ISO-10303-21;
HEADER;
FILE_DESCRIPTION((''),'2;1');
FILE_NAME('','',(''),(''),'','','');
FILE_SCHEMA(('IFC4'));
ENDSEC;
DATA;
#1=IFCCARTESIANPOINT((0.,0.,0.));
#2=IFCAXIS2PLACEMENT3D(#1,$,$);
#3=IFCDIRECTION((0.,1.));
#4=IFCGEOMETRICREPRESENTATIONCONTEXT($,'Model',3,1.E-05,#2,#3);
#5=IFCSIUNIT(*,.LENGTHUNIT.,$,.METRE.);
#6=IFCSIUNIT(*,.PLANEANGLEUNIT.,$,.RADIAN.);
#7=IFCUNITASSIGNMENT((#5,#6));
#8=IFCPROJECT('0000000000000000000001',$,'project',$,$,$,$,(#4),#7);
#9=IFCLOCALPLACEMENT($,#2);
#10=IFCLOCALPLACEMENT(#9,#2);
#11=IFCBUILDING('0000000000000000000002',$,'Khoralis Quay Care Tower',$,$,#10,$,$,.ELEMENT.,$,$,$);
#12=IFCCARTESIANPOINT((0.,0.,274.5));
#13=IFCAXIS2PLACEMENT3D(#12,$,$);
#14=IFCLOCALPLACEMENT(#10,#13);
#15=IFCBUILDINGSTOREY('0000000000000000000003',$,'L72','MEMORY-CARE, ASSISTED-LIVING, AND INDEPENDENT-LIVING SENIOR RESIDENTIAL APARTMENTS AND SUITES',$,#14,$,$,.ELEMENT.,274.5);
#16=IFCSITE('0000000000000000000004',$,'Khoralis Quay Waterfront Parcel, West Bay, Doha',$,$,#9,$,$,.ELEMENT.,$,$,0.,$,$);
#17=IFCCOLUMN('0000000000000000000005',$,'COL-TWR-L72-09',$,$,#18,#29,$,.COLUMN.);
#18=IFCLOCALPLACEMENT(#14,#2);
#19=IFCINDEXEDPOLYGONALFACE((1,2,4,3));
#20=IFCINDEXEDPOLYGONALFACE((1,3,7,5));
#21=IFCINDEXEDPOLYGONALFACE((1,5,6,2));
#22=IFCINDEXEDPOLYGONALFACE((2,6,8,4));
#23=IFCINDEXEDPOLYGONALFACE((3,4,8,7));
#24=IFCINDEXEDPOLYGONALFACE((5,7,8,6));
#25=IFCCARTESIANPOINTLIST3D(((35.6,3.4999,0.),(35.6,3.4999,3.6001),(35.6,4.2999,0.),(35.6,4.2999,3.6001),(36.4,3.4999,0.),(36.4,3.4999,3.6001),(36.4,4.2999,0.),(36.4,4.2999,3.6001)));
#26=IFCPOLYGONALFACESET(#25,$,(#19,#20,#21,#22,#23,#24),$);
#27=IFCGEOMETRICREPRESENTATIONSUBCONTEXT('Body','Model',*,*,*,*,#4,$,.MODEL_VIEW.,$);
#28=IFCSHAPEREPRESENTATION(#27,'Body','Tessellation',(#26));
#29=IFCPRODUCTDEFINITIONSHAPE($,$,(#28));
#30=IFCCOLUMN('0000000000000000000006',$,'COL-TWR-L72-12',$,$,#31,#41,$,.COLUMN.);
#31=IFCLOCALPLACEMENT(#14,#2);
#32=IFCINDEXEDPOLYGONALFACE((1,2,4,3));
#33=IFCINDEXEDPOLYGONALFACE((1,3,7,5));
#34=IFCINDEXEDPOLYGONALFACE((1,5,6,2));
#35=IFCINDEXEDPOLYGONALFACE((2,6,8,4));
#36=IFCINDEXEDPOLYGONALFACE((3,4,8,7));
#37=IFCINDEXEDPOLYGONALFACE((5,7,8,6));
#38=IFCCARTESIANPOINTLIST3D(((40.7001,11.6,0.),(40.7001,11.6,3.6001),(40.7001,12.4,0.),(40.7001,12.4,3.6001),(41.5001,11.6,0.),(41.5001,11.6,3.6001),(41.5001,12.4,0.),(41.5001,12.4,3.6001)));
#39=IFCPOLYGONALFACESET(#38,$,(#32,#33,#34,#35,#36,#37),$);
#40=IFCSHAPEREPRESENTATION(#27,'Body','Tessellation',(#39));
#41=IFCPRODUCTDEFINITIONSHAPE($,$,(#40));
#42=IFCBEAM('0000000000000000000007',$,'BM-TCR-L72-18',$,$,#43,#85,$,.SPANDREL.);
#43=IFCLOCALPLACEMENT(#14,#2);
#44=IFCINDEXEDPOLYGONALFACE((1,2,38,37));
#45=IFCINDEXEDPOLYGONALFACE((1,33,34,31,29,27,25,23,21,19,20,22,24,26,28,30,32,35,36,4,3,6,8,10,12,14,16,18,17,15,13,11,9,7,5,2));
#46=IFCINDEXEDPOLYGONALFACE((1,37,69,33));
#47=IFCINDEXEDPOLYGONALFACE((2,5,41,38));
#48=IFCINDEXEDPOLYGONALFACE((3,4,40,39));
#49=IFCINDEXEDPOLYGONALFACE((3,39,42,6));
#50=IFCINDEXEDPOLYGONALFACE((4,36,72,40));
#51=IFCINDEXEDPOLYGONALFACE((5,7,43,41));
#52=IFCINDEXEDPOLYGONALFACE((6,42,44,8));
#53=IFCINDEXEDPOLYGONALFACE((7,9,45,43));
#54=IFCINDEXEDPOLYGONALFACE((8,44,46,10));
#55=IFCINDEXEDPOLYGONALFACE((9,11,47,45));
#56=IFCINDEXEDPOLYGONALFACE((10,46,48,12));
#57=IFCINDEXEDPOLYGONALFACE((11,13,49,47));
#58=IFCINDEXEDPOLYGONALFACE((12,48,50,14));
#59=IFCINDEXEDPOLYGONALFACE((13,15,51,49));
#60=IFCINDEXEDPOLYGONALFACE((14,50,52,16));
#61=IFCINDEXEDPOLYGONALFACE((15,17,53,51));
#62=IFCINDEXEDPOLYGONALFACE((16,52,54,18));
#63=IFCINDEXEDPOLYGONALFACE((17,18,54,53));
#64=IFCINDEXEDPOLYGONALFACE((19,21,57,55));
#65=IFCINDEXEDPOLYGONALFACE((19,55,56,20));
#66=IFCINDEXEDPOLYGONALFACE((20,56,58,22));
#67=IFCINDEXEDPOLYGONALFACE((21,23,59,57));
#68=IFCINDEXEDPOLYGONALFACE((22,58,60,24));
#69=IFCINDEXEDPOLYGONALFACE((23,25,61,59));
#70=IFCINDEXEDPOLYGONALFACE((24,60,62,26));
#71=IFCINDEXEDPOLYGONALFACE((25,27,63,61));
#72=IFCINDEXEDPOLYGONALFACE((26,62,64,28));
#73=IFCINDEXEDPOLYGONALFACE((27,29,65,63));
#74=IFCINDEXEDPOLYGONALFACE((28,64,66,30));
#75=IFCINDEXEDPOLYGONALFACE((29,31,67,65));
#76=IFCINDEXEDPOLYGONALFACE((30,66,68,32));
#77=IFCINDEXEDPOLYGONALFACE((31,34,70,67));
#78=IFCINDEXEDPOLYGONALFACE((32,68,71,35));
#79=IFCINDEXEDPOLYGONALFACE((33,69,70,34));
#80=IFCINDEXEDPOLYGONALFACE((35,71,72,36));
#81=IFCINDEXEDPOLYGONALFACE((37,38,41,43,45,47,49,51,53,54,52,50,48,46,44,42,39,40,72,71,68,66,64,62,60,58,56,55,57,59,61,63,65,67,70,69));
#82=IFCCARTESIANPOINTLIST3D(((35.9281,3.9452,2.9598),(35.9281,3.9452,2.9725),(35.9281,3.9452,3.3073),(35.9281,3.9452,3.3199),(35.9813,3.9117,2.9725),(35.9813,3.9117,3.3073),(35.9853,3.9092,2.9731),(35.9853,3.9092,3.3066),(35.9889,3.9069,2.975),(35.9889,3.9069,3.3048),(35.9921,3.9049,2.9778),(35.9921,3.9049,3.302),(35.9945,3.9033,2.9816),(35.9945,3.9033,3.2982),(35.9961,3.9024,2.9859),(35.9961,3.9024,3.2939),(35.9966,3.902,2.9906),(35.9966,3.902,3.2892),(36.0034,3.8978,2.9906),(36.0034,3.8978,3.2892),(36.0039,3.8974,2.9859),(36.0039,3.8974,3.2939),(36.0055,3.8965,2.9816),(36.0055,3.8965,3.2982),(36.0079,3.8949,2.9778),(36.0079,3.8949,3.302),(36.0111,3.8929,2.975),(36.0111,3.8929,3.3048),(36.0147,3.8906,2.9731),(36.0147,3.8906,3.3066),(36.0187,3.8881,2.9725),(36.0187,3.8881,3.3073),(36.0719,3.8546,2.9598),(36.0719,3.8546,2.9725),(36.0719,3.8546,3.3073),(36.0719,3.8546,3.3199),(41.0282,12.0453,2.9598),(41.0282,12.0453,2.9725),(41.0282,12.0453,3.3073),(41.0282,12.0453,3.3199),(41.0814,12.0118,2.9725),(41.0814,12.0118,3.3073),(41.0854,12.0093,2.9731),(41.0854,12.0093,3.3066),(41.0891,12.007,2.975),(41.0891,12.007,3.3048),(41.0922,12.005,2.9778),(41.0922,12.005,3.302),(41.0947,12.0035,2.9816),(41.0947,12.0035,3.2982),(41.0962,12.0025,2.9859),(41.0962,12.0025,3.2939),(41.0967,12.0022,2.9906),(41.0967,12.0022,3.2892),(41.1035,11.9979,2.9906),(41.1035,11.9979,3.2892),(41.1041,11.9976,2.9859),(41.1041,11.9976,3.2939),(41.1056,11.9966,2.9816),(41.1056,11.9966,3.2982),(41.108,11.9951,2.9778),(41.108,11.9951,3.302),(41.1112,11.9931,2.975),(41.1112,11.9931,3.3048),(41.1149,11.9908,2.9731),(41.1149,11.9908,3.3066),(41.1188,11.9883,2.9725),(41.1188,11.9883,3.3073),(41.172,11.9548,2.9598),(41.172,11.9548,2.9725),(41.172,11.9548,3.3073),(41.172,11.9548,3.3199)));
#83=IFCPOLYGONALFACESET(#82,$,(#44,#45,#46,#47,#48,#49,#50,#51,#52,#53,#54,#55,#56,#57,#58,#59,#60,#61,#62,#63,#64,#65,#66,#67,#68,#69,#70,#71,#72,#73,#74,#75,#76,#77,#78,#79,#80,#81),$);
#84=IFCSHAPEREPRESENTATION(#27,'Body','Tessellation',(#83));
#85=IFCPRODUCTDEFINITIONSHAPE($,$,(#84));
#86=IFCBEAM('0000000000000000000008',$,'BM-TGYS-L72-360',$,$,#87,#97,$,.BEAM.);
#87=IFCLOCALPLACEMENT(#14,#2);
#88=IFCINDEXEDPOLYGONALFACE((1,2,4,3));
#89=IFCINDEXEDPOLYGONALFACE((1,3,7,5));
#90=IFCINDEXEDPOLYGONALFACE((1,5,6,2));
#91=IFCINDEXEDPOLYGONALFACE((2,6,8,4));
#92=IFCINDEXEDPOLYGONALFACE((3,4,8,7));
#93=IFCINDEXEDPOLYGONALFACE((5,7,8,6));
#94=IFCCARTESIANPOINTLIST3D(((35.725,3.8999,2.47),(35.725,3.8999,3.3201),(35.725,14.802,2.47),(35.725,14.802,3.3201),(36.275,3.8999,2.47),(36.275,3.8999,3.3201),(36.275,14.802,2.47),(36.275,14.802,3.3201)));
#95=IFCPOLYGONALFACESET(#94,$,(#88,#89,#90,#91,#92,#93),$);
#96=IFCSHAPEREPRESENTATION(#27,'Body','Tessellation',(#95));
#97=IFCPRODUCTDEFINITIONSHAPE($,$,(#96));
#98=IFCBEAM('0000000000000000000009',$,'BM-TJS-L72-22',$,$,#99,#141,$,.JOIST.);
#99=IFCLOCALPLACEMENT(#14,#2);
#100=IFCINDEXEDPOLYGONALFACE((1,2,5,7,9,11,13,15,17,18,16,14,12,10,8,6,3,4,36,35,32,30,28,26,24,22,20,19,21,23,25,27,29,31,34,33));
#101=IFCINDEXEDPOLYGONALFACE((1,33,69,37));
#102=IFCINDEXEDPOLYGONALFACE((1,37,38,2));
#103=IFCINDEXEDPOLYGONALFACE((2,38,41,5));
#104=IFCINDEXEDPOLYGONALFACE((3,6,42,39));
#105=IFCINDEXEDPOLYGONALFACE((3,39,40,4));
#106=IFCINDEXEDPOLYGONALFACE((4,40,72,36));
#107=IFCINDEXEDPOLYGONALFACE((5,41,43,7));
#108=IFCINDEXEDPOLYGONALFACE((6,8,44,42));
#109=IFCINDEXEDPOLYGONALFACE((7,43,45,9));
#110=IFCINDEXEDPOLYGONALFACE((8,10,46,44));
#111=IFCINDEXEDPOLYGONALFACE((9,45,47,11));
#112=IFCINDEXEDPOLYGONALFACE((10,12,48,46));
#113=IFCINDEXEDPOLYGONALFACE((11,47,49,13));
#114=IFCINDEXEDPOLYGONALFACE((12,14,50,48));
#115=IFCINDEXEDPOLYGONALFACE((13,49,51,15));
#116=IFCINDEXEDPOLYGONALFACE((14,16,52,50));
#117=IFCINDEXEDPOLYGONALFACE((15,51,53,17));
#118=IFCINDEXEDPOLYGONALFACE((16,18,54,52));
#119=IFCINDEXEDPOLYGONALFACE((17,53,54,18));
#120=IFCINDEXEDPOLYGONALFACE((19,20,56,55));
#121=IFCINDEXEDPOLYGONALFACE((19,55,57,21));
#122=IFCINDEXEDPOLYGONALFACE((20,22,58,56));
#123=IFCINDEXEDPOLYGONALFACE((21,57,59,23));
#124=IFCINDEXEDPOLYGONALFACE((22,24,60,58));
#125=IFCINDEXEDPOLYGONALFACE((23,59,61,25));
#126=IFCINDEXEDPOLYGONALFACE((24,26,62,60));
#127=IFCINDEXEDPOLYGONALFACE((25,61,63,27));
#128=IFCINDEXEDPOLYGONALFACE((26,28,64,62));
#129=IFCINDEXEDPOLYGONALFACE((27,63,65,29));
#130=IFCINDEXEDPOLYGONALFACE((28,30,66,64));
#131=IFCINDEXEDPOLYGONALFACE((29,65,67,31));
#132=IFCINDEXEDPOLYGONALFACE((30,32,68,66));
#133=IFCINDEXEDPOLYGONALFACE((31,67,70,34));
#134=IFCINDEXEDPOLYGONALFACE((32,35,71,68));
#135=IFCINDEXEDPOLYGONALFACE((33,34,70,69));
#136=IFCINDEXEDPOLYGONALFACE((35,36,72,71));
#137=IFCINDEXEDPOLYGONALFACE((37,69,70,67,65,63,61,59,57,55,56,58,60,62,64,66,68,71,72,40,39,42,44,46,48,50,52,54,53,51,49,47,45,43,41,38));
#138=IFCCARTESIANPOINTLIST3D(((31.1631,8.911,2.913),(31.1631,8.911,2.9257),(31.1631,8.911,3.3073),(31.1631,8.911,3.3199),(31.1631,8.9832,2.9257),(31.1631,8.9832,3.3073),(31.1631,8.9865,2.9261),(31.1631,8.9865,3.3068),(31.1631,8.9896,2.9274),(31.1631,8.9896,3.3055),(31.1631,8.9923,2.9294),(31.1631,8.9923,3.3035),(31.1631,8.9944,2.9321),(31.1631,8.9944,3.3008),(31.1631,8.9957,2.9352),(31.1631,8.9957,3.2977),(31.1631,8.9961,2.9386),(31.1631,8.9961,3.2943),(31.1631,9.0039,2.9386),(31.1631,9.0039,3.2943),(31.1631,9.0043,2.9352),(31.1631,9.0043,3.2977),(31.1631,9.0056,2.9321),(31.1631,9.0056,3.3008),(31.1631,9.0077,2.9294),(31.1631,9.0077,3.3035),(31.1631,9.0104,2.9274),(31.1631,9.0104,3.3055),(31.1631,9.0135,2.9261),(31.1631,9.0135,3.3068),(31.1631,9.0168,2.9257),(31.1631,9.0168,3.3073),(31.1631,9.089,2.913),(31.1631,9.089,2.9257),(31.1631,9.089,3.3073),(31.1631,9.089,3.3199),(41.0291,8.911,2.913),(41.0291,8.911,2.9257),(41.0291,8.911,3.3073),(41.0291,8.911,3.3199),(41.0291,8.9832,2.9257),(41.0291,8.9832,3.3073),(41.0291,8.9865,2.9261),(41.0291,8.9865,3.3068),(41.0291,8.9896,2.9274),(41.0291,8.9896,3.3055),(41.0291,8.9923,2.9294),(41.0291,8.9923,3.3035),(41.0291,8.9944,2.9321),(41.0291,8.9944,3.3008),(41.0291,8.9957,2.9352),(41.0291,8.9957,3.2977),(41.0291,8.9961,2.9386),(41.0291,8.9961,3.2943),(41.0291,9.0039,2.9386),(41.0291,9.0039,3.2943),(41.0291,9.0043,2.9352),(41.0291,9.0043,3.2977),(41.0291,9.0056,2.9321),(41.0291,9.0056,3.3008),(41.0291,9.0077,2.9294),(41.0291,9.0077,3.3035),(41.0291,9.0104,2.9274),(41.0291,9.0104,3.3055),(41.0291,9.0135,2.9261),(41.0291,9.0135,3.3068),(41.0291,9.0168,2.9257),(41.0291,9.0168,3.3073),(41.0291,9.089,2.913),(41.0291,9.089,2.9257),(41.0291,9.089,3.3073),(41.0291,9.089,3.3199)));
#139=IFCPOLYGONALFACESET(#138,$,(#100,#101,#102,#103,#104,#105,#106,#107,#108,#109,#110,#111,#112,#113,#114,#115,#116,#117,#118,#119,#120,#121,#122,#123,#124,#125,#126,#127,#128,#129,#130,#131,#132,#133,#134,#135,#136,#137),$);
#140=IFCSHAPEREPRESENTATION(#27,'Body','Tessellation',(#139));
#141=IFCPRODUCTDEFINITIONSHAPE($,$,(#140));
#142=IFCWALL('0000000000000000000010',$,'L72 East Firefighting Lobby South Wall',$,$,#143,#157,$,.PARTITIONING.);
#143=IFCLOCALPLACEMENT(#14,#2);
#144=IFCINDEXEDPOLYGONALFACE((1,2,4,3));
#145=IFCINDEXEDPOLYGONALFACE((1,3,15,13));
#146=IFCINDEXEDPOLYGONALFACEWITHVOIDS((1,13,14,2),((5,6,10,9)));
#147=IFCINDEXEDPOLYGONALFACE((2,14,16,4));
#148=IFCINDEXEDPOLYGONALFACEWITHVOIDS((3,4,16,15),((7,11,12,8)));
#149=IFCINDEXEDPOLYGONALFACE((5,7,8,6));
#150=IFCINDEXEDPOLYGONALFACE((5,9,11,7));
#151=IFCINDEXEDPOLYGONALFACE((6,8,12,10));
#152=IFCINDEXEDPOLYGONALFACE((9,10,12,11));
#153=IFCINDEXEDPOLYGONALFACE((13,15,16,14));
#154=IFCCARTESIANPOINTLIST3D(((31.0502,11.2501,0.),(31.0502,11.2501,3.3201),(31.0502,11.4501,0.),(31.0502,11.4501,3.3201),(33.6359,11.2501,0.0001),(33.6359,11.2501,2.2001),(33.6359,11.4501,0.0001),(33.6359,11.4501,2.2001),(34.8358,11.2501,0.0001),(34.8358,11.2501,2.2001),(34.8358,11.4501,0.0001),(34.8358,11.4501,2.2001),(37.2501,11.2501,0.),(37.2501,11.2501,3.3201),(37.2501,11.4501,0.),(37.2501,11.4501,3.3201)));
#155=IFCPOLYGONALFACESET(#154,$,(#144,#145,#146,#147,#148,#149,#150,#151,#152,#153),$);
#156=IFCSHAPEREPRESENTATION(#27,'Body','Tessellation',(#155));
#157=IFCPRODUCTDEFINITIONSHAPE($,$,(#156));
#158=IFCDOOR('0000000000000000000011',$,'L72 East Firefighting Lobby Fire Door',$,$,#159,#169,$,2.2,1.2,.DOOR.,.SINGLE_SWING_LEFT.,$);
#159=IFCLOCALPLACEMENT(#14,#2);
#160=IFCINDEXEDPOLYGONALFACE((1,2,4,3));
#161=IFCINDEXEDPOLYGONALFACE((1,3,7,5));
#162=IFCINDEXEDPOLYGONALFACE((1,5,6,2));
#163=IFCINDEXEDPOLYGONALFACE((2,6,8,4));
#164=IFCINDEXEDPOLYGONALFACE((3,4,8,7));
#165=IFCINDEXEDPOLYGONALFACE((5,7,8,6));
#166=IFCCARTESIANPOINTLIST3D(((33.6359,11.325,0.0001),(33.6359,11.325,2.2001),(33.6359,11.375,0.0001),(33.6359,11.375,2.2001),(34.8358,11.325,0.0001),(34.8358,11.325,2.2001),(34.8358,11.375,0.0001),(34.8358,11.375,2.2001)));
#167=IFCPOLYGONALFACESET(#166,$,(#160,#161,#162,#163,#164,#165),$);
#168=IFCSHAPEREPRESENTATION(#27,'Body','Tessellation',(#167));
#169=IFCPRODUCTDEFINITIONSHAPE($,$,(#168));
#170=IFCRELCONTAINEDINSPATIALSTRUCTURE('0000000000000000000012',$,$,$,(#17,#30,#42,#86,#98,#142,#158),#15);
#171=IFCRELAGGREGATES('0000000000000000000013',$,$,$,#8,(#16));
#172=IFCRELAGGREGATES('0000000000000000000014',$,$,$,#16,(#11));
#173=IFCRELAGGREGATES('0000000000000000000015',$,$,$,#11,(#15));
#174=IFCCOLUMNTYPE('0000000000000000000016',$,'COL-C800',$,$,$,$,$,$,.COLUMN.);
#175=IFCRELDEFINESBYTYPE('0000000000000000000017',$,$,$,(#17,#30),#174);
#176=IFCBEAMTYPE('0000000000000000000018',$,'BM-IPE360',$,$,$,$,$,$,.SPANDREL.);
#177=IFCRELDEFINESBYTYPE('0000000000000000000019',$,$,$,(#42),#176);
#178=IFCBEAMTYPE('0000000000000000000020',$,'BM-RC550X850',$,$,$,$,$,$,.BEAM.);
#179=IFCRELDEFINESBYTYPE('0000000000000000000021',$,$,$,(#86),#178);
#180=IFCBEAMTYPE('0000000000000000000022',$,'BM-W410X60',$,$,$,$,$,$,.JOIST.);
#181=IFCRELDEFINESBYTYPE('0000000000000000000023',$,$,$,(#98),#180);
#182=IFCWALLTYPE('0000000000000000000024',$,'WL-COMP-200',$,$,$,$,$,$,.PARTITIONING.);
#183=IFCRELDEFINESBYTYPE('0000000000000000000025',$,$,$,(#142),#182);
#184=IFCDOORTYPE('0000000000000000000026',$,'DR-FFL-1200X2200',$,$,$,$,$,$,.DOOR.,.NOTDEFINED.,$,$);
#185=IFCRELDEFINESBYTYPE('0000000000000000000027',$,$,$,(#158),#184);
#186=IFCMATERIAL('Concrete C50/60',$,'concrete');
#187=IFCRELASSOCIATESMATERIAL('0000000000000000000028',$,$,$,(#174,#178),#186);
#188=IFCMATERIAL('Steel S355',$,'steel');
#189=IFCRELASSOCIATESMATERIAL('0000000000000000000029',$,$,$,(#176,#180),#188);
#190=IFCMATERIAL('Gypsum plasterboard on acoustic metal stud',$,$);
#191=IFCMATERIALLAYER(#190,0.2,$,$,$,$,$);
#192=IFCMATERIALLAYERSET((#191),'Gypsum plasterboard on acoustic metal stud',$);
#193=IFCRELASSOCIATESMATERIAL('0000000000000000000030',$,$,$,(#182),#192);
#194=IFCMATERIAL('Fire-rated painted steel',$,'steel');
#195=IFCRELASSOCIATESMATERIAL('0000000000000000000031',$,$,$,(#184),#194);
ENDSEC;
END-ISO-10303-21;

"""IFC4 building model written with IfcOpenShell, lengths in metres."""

from ifc_helpers import new_model, si_unit, direction, frame, frame_2d, origin, origin_2d, place, context, subcontext, project, spatial, rectangle, i_section, extrude, source, transform, mapped, material, layer, layer_set, material_profile, profile_set, type_object, element, fill, save


model = new_model("IFC4")

# Units and contexts
model_context = context("Model", 3, precision=1e-05, world=origin(), true_north=direction((0.0, 1.0)))
body_context = subcontext(model_context, "Body", "Model", "MODEL_VIEW")
ifc_project = project(units=[si_unit("LENGTHUNIT", "METRE"), si_unit("PLANEANGLEUNIT", "RADIAN")], contexts=[model_context])

# Site, building, storey
site_placement = place(None, origin())
site = spatial("IfcSite", under=ifc_project, at=site_placement, Name="Khoralis Quay Waterfront Parcel, West Bay, Doha", CompositionType="ELEMENT", RefElevation=0.0)
building_placement = place(site_placement, origin())
building = spatial("IfcBuilding", under=site, at=building_placement, Name="Khoralis Quay Care Tower", CompositionType="ELEMENT")
storey_placement = place(building_placement, frame((0.0, 0.0, 274.5)))
storey = spatial("IfcBuildingStorey", under=building, at=storey_placement, Name="L72", Description="MEMORY-CARE, ASSISTED-LIVING, AND INDEPENDENT-LIVING SENIOR RESIDENTIAL APARTMENTS AND SUITES", CompositionType="ELEMENT", Elevation=274.5)

# Columns
ifc_material_1 = material(Name="Concrete C50/60", Category="concrete")
ifc_material_profile_1 = material_profile(ifc_material_1, rectangle(XDim=0.8, YDim=0.8, at=origin_2d()), Name="Concrete C50/60")
ifc_profile_set_1 = profile_set([ifc_material_profile_1], Name="Concrete C50/60")
column_type = type_object("IfcColumnType", Name="COL-C800", PredefinedType="COLUMN", material=ifc_profile_set_1)
shared_shape_1 = source(origin(), body_context, "Body", "SweptSolid", [
    extrude(rectangle(XDim=0.8, YDim=0.8, at=origin_2d()), origin(), (0.0, 0.0, 1.0), 3.6001),
])
for number, where, z_axis, x_axis, name in (
    (1, (36.0, 3.8999, 0.0), (0.0, 0.0, 1.0), (1.0, 0.0, 0.0), "COL-TWR-L72-09"),
    (2, (41.1001, 12.0, 0.0), (0.0, 0.0, 1.0), (1.0, 0.0, 0.0), "COL-TWR-L72-12"),
):
    element("IfcColumn", number, at=place(storey_placement, frame(where, z_axis=z_axis, x_axis=x_axis)), inside=storey, type_object=column_type, Name=name, PredefinedType="COLUMN", context=body_context, shape_type="MappedRepresentation", body=[
        mapped(shared_shape_1, transform((0.0, 0.0, 0.0), scale=1.0)),
    ])

# Beams
ifc_material_2 = material(Name="Steel S355", Category="steel")
ifc_material_profile_2 = material_profile(ifc_material_2, i_section(OverallWidth=0.1699, OverallDepth=0.3601, WebThickness=0.0081, FlangeThickness=0.0127, FilletRadius=0.0181, at=origin_2d()), Name="Steel S355")
ifc_profile_set_2 = profile_set([ifc_material_profile_2], Name="Steel S355")
beam_type_1 = type_object("IfcBeamType", Name="BM-IPE360", PredefinedType="SPANDREL", material=ifc_profile_set_2)
shared_shape_2 = source(origin(), body_context, "Body", "SweptSolid", [
    extrude(i_section(OverallWidth=0.1699, OverallDepth=0.3601, WebThickness=0.0081, FlangeThickness=0.0127, FilletRadius=0.0181, at=origin_2d()), origin(), (0.0, 0.0, 1.0), 9.572),
])
beam_1_placement = place(storey_placement, frame((36.0, 3.8999, 3.1399), z_axis=(0.532816, 0.846231, 0.0), x_axis=(-0.846231, 0.532816, 0.0)))
element("IfcBeam", 3, at=beam_1_placement, inside=storey, type_object=beam_type_1, Name="BM-TCR-L72-18", PredefinedType="SPANDREL", context=body_context, shape_type="MappedRepresentation", body=[
    mapped(shared_shape_2, transform((0.0, 0.0, 0.0), scale=1.0)),
])
ifc_material_profile_3 = material_profile(ifc_material_1, rectangle(XDim=0.55, YDim=0.8501, at=origin_2d()), Name="Concrete C50/60")
ifc_profile_set_3 = profile_set([ifc_material_profile_3], Name="Concrete C50/60")
beam_type_2 = type_object("IfcBeamType", Name="BM-RC550X850", PredefinedType="BEAM", material=ifc_profile_set_3)
shared_shape_3 = source(origin(), body_context, "Body", "SweptSolid", [
    extrude(rectangle(XDim=0.55, YDim=0.8501, at=origin_2d()), origin(), (0.0, 0.0, 1.0), 10.9021),
])
beam_2_placement = place(storey_placement, frame((36.0, 3.8999, 2.895), z_axis=(0.0, 1.0, 0.0), x_axis=(-1.0, 0.0, 0.0)))
element("IfcBeam", 4, at=beam_2_placement, inside=storey, type_object=beam_type_2, Name="BM-TGYS-L72-360", PredefinedType="BEAM", context=body_context, shape_type="MappedRepresentation", body=[
    mapped(shared_shape_3, transform((0.0, 0.0, 0.0), scale=1.0)),
])
ifc_material_profile_4 = material_profile(ifc_material_2, i_section(OverallWidth=0.178, OverallDepth=0.407, WebThickness=0.0078, FlangeThickness=0.0127, FilletRadius=0.0129, at=origin_2d()), Name="Steel S355")
ifc_profile_set_4 = profile_set([ifc_material_profile_4], Name="Steel S355")
beam_type_3 = type_object("IfcBeamType", Name="BM-W410X60", PredefinedType="JOIST", material=ifc_profile_set_4)
shared_shape_4 = source(origin(), body_context, "Body", "SweptSolid", [
    extrude(i_section(OverallWidth=0.178, OverallDepth=0.407, WebThickness=0.0078, FlangeThickness=0.0127, FilletRadius=0.0129, at=origin_2d()), origin(), (0.0, 0.0, 1.0), 9.866),
])
beam_3_placement = place(storey_placement, frame((31.1631, 9.0, 3.1165), z_axis=(1.0, 0.0, 0.0), x_axis=(0.0, 1.0, 0.0)))
element("IfcBeam", 5, at=beam_3_placement, inside=storey, type_object=beam_type_3, Name="BM-TJS-L72-22", PredefinedType="JOIST", context=body_context, shape_type="MappedRepresentation", body=[
    mapped(shared_shape_4, transform((0.0, 0.0, 0.0), scale=1.0)),
])

# Wall, opening, door
ifc_material_3 = material(Name="Gypsum plasterboard on acoustic metal stud")
ifc_layer_1 = layer(ifc_material_3, 0.2)
ifc_layer_set_1 = layer_set([ifc_layer_1], Name="Gypsum plasterboard on acoustic metal stud")
wall_type_1 = type_object("IfcWallType", Name="WL-COMP-200", PredefinedType="PARTITIONING", material=ifc_layer_set_1)
wall_1_placement = place(storey_placement, frame((31.05, 11.3501, 0.0), z_axis=(0.0, 0.0, 1.0), x_axis=(1.0, 0.0, 0.0)))
wall_1 = element("IfcWall", 6, at=wall_1_placement, inside=storey, type_object=wall_type_1, Name="L72 East Firefighting Lobby South Wall", PredefinedType="PARTITIONING", context=body_context, shape_type="SweptSolid", body=[
    extrude(rectangle(XDim=6.2, YDim=0.2, at=frame_2d((3.1001, 0.0))), origin(), (0.0, 0.0, 1.0), 3.3201),
])
opening_1_placement = place(wall_1_placement, frame((2.5857, 0.0, 0.0)))
opening_1 = element("IfcOpeningElement", 7, at=opening_1_placement, cuts=wall_1, PredefinedType="OPENING", context=body_context, shape_type="SweptSolid", body=[
    extrude(rectangle(XDim=1.2, YDim=2.2, at=frame_2d((0.6001, 1.1001))), frame((0.0, 0.1099, 0.0), z_axis=(0.0, -1.0, 0.0), x_axis=(1.0, 0.0, 0.0)), (0.0, 0.0, 1.0), 0.22),
])
ifc_material_4 = material(Name="Fire-rated painted steel", Category="steel")
door_type_1 = type_object("IfcDoorType", Name="DR-FFL-1200X2200", OperationType="NOTDEFINED", PredefinedType="DOOR", material=ifc_material_4)
shared_shape_5 = source(origin(), body_context, "Body", "SweptSolid", [
    extrude(rectangle(XDim=1.2, YDim=2.2, at=frame_2d((0.6001, 1.1001))), frame((0.0, 0.0249, 0.0), z_axis=(0.0, -1.0, 0.0), x_axis=(1.0, 0.0, 0.0)), (0.0, 0.0, 1.0), 0.05),
])
door_1_placement = place(opening_1_placement, origin())
door_1 = element("IfcDoor", 8, at=door_1_placement, inside=storey, type_object=door_type_1, Name="L72 East Firefighting Lobby Fire Door", OperationType="SINGLE_SWING_LEFT", OverallHeight=2.2, OverallWidth=1.2, PredefinedType="DOOR", context=body_context, shape_type="MappedRepresentation", body=[
    mapped(shared_shape_5, transform((0.0, 0.0, 0.0), scale=1.0)),
])
fill(opening_1, door_1)

save(model, "model.ifc")
